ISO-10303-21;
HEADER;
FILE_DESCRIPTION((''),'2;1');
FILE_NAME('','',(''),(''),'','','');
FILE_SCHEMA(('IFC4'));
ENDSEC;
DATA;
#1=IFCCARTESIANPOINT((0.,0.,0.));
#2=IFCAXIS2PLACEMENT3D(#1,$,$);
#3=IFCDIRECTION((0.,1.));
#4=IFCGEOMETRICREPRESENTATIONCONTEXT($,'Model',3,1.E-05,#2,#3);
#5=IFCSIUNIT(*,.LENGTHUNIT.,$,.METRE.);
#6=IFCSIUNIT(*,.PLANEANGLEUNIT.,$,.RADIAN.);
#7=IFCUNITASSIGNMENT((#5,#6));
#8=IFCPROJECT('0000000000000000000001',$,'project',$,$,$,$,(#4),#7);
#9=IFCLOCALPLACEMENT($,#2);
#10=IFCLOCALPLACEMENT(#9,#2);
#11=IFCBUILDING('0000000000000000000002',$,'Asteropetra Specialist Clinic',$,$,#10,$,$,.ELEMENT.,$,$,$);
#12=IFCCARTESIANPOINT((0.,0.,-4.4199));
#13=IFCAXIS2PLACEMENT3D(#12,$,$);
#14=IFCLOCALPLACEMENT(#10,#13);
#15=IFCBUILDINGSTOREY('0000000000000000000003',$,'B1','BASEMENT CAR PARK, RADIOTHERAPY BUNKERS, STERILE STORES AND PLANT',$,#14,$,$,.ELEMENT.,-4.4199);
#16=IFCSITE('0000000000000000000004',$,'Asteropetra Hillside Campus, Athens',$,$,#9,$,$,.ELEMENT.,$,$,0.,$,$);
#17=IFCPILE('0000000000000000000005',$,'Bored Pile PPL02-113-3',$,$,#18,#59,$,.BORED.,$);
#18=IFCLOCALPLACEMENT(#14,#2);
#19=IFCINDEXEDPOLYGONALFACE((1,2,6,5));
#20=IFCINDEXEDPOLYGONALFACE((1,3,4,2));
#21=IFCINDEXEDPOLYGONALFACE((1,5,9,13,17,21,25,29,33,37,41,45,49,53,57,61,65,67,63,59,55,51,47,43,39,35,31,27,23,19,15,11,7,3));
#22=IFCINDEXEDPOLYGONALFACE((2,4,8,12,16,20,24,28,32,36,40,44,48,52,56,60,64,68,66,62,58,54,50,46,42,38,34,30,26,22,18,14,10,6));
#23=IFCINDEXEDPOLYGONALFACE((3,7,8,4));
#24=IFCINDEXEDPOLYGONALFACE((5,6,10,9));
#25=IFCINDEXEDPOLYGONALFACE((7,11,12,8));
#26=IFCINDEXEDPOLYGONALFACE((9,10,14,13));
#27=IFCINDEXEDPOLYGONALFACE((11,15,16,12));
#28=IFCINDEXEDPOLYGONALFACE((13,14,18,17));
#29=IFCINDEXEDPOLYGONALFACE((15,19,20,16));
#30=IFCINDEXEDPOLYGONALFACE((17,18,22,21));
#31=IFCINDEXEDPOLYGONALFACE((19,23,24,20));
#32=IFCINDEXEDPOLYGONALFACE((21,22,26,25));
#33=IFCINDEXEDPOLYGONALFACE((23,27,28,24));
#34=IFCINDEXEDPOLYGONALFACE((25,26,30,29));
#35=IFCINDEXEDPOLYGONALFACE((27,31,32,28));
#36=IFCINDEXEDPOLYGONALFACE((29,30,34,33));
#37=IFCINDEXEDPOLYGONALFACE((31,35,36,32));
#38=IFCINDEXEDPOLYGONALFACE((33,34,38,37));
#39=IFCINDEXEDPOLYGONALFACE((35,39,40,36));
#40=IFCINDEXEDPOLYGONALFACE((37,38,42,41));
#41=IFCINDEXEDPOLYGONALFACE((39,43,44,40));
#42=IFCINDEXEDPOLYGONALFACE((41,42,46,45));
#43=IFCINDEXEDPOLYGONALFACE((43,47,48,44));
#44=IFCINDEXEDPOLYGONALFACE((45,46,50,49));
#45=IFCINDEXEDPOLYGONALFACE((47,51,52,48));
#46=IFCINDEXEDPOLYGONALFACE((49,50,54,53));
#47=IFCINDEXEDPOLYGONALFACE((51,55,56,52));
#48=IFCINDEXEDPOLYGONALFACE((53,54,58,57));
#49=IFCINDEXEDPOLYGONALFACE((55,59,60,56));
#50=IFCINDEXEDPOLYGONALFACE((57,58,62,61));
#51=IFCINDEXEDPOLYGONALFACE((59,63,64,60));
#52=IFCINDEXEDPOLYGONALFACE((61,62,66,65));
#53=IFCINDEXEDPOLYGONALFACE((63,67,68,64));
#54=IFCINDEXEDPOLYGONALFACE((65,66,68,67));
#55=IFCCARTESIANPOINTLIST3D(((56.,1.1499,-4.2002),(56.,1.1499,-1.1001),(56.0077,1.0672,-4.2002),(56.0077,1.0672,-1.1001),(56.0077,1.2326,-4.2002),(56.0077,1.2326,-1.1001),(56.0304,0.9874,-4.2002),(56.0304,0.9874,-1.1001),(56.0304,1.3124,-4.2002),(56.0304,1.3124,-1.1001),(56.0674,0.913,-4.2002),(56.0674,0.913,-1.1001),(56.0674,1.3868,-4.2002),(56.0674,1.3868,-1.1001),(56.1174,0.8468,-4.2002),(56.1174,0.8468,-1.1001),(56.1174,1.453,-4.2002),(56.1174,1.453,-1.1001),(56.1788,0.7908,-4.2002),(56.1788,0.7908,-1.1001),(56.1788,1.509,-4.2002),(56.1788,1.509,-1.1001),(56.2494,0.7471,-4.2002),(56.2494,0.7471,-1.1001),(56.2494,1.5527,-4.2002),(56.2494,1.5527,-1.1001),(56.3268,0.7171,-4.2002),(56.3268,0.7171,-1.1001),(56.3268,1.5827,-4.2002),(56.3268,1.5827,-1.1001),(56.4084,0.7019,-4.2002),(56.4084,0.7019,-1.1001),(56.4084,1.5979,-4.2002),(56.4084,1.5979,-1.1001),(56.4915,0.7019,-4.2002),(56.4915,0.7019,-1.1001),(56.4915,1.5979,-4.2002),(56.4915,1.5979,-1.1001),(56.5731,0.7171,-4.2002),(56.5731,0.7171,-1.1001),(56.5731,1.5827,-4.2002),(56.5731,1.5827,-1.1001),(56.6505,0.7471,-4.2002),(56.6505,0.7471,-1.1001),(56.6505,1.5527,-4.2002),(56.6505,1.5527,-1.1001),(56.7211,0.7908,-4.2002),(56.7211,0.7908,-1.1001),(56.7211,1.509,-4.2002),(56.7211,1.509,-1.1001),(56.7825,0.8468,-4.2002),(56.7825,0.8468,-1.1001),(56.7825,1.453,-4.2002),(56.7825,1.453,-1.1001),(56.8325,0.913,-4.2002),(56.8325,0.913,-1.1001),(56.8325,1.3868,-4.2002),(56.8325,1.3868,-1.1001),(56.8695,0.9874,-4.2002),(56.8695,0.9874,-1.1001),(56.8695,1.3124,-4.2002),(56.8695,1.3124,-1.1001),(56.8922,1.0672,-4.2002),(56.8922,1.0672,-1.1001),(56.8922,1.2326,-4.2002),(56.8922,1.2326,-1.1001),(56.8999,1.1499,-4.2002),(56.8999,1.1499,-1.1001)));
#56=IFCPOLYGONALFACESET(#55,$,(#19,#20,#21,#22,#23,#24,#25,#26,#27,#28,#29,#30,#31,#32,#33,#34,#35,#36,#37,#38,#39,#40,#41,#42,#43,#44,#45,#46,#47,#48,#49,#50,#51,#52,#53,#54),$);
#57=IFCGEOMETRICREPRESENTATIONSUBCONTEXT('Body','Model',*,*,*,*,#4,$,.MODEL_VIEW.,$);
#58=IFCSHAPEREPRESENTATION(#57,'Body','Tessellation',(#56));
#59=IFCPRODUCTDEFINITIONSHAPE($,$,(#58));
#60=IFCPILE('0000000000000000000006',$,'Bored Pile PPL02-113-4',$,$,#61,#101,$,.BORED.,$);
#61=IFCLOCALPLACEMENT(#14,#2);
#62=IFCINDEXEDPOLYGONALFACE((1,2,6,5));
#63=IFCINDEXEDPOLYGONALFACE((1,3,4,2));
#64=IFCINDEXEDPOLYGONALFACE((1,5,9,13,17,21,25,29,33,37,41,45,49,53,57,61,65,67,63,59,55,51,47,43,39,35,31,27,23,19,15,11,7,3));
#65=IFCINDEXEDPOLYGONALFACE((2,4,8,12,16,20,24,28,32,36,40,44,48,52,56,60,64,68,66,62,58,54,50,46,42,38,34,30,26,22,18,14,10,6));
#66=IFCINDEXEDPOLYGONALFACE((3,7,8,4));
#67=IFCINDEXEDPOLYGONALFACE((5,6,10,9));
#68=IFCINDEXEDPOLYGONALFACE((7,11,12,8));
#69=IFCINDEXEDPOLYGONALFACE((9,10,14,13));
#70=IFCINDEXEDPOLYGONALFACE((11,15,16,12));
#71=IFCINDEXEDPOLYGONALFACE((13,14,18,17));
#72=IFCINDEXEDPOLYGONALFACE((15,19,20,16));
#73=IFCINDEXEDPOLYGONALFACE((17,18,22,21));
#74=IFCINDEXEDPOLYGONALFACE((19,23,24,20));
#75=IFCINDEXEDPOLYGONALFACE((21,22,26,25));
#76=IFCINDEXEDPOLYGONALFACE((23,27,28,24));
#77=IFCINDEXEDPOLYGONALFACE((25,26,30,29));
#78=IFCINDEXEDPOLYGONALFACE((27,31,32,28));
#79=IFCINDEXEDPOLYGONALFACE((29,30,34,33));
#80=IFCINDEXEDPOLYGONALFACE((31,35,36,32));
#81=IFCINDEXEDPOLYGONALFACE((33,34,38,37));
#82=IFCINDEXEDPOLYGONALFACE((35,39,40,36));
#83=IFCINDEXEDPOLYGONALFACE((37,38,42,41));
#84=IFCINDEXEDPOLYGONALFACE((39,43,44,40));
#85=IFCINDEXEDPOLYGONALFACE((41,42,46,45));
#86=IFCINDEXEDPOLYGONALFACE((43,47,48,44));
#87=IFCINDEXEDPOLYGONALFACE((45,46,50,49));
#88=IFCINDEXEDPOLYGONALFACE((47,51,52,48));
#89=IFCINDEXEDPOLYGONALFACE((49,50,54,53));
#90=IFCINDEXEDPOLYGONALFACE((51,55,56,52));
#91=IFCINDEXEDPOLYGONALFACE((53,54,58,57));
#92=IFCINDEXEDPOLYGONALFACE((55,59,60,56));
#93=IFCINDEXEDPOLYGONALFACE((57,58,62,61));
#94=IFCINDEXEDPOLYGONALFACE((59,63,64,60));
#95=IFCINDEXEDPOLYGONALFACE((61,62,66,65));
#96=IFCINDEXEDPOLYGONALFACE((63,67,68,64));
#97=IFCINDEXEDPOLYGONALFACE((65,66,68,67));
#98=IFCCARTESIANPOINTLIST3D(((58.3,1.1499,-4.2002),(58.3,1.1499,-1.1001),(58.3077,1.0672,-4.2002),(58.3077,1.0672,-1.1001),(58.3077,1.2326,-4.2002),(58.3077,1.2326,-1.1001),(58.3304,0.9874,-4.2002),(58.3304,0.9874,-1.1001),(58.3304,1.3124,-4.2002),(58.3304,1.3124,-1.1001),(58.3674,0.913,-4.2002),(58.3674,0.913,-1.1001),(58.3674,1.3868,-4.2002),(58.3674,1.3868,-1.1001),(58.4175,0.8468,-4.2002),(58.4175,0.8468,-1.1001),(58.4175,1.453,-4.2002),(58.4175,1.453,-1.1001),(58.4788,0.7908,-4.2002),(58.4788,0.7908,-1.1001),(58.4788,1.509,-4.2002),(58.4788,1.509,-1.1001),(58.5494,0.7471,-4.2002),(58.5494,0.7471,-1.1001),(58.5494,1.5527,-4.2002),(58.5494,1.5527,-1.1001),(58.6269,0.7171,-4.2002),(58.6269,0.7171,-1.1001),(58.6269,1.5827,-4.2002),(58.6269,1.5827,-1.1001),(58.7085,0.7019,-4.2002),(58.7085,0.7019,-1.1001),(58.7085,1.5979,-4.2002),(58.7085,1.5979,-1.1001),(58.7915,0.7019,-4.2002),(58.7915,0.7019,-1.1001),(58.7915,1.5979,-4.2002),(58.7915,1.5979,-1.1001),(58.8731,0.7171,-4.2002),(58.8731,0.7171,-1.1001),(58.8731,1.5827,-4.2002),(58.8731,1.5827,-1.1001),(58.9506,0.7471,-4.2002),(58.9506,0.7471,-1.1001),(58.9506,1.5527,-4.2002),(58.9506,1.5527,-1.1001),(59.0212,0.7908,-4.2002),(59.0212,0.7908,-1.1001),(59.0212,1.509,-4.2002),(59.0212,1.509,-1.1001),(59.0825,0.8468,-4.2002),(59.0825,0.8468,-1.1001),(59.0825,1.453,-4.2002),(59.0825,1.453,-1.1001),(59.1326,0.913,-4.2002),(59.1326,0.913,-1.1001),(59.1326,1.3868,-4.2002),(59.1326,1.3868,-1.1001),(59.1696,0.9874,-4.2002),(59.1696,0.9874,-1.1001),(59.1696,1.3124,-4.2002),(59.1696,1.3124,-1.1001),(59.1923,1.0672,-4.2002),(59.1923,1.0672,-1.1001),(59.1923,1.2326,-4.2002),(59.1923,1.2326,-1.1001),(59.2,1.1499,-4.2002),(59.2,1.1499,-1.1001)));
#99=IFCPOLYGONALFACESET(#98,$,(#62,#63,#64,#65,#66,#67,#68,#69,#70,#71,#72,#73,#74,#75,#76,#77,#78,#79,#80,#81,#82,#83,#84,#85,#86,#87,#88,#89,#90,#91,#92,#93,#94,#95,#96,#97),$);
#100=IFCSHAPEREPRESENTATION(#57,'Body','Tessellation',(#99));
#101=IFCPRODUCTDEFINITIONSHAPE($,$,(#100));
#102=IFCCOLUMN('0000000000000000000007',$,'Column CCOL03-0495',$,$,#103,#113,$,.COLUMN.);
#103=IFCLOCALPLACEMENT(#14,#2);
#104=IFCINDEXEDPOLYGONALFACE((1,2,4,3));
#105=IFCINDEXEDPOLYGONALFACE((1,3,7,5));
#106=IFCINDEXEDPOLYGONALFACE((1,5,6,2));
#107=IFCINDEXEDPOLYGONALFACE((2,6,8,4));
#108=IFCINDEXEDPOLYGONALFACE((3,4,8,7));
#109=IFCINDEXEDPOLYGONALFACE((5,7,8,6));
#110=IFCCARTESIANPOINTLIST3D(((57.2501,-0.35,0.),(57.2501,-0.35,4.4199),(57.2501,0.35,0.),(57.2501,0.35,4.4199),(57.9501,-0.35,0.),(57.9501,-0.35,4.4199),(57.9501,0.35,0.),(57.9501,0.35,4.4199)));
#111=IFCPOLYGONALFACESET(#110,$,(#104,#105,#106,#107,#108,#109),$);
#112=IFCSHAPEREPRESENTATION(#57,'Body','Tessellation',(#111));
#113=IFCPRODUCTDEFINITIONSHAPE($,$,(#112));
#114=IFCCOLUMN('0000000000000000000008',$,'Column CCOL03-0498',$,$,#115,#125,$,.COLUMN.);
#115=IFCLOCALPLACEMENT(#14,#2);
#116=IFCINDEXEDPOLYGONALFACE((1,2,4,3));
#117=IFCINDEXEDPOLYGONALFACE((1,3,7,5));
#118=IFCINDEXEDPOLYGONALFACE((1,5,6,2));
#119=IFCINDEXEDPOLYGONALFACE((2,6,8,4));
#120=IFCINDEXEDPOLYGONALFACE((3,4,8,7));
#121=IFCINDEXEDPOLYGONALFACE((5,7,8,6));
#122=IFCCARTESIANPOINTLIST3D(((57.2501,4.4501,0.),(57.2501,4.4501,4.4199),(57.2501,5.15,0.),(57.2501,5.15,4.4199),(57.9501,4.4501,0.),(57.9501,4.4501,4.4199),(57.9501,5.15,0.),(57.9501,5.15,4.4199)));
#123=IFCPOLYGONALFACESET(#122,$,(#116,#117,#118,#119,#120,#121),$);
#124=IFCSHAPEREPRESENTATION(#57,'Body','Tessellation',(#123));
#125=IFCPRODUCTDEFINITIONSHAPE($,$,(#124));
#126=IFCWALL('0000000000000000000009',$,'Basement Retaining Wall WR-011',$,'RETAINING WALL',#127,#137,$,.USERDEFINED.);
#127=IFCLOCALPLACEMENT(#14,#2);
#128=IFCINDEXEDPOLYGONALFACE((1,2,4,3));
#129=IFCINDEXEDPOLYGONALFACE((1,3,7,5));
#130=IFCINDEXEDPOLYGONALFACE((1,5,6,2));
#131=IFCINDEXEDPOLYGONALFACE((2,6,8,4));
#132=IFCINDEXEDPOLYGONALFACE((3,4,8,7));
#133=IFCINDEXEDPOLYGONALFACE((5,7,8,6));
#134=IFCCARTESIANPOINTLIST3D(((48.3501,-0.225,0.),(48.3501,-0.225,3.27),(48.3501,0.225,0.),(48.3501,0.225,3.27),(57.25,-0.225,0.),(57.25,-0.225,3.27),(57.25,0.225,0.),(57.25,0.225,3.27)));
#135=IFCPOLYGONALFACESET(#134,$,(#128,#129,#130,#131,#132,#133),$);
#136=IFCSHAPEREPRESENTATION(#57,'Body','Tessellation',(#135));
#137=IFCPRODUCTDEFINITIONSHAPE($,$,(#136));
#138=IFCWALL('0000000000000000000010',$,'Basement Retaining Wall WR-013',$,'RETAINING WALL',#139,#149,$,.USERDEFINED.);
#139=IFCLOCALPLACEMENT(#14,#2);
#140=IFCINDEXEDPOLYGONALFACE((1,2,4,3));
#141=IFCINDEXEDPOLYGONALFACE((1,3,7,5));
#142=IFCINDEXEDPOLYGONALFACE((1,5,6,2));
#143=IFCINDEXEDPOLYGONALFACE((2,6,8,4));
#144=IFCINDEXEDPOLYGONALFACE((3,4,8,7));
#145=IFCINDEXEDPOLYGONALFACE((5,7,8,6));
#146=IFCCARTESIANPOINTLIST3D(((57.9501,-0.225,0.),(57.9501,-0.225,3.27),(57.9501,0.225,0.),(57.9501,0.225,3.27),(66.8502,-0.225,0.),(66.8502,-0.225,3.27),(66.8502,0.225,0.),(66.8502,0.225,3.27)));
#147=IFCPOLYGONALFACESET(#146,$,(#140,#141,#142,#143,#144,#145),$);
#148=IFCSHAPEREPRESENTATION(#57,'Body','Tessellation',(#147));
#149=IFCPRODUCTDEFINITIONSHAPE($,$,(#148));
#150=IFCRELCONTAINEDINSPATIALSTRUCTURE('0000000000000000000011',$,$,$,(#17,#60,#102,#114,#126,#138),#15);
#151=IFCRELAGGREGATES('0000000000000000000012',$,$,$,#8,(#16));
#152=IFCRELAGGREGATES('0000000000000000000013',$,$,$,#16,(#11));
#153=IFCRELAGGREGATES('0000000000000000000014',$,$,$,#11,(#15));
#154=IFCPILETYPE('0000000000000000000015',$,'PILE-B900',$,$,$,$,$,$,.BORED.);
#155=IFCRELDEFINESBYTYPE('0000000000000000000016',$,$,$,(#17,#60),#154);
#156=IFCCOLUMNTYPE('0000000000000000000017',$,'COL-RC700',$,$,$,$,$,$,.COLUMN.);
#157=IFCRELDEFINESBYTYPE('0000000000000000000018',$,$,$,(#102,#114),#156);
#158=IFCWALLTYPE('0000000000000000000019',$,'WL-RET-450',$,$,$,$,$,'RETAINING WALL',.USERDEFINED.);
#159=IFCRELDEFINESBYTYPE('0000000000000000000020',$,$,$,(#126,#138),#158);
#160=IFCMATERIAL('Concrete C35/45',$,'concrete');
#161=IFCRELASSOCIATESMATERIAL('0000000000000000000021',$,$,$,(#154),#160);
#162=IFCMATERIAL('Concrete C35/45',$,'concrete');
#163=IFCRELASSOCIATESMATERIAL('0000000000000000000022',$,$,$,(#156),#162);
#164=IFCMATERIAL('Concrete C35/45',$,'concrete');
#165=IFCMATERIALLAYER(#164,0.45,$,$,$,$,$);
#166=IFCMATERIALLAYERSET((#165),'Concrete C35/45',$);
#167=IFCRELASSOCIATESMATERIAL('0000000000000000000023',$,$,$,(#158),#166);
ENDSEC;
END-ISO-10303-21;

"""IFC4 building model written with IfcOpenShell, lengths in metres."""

from ifc_helpers import new_model, si_unit, direction, frame, frame_2d, origin, origin_2d, place, context, subcontext, project, spatial, rectangle, circle, extrude, material, layer, layer_set, material_profile, profile_set, type_object, element, save


model = new_model("IFC4")

# Units and contexts
model_context = context("Model", 3, precision=1e-05, world=origin(), true_north=direction((0.0, 1.0)))
body_context = subcontext(model_context, "Body", "Model", "MODEL_VIEW")
ifc_project = project(units=[si_unit("LENGTHUNIT", "METRE"), si_unit("PLANEANGLEUNIT", "RADIAN")], contexts=[model_context])

# Site, building, storey
site_placement = place(None, origin())
site = spatial("IfcSite", under=ifc_project, at=site_placement, Name="Asteropetra Hillside Campus, Athens", CompositionType="ELEMENT", RefElevation=0.0)
building_placement = place(site_placement, origin())
building = spatial("IfcBuilding", under=site, at=building_placement, Name="Asteropetra Specialist Clinic", CompositionType="ELEMENT")
storey_placement = place(building_placement, frame((0.0, 0.0, -4.4199)))
storey = spatial("IfcBuildingStorey", under=building, at=storey_placement, Name="B1", Description="BASEMENT CAR PARK, RADIOTHERAPY BUNKERS, STERILE STORES AND PLANT", CompositionType="ELEMENT", Elevation=-4.4199)

# Piles
ifc_material_1 = material(Name="Concrete C35/45", Category="concrete")
ifc_material_profile_1 = material_profile(ifc_material_1, circle(Radius=0.45, at=origin_2d()), Name="PILE D900")
ifc_profile_set_1 = profile_set([ifc_material_profile_1], Name="Concrete C35/45")
pile_type_1 = type_object("IfcPileType", Name="PILE-B900", PredefinedType="BORED", material=ifc_profile_set_1)
for number, where, z_axis, x_axis, name in (
    (1, (56.45, 1.1499, -1.1001), (0.0, 0.0, -1.0), (1.0, 0.0, 0.0), "Bored Pile PPL02-113-3"),
    (2, (58.75, 1.1499, -1.1001), (0.0, 0.0, -1.0), (1.0, 0.0, 0.0), "Bored Pile PPL02-113-4"),
):
    element("IfcPile", number, at=place(storey_placement, frame(where, z_axis=z_axis, x_axis=x_axis)), inside=storey, type_object=pile_type_1, Name=name, PredefinedType="BORED", context=body_context, shape_type="SweptSolid", body=[
        extrude(circle(Radius=0.45, at=origin_2d()), origin(), (0.0, 0.0, 1.0), 3.1001),
    ])

# Columns
ifc_material_2 = material(Name="Concrete C35/45", Category="concrete")
ifc_material_profile_2 = material_profile(ifc_material_2, rectangle(XDim=0.7, YDim=0.7, at=origin_2d()), Name="RC 700x700")
ifc_profile_set_2 = profile_set([ifc_material_profile_2], Name="Concrete C35/45")
column_type = type_object("IfcColumnType", Name="COL-RC700", PredefinedType="COLUMN", material=ifc_profile_set_2)
for number, where, z_axis, x_axis, name in (
    (3, (57.6001, 0.0, 0.0), (0.0, 0.0, 1.0), (1.0, 0.0, 0.0), "Column CCOL03-0495"),
    (4, (57.6001, 4.8, 0.0), (0.0, 0.0, 1.0), (1.0, 0.0, 0.0), "Column CCOL03-0498"),
):
    element("IfcColumn", number, at=place(storey_placement, frame(where, z_axis=z_axis, x_axis=x_axis)), inside=storey, type_object=column_type, Name=name, PredefinedType="COLUMN", context=body_context, shape_type="SweptSolid", body=[
        extrude(rectangle(XDim=0.7, YDim=0.7, at=origin_2d()), origin(), (0.0, 0.0, 1.0), 4.4199),
    ])

# Walls
ifc_material_3 = material(Name="Concrete C35/45", Category="concrete")
ifc_layer = layer(ifc_material_3, 0.45)
ifc_layer_set = layer_set([ifc_layer], Name="Concrete C35/45")
wall_type = type_object("IfcWallType", Name="WL-RET-450", ElementType="RETAINING WALL", PredefinedType="USERDEFINED", material=ifc_layer_set)
wall_1_placement = place(storey_placement, frame((48.3501, 0.0, 0.0), z_axis=(0.0, 0.0, 1.0), x_axis=(1.0, 0.0, 0.0)))
element("IfcWall", 5, at=wall_1_placement, inside=storey, type_object=wall_type, Name="Basement Retaining Wall WR-011", ObjectType="RETAINING WALL", PredefinedType="USERDEFINED", context=body_context, shape_type="SweptSolid", body=[
    extrude(rectangle(XDim=8.8999, YDim=0.45, at=frame_2d((4.45, 0.0))), origin(), (0.0, 0.0, 1.0), 3.27),
])
wall_2_placement = place(storey_placement, frame((57.95, 0.0, 0.0), z_axis=(0.0, 0.0, 1.0), x_axis=(1.0, 0.0, 0.0)))
element("IfcWall", 6, at=wall_2_placement, inside=storey, type_object=wall_type, Name="Basement Retaining Wall WR-013", ObjectType="RETAINING WALL", PredefinedType="USERDEFINED", context=body_context, shape_type="SweptSolid", body=[
    extrude(rectangle(XDim=8.9001, YDim=0.45, at=frame_2d((4.4502, 0.0))), origin(), (0.0, 0.0, 1.0), 3.27),
])

save(model, "model.ifc")
